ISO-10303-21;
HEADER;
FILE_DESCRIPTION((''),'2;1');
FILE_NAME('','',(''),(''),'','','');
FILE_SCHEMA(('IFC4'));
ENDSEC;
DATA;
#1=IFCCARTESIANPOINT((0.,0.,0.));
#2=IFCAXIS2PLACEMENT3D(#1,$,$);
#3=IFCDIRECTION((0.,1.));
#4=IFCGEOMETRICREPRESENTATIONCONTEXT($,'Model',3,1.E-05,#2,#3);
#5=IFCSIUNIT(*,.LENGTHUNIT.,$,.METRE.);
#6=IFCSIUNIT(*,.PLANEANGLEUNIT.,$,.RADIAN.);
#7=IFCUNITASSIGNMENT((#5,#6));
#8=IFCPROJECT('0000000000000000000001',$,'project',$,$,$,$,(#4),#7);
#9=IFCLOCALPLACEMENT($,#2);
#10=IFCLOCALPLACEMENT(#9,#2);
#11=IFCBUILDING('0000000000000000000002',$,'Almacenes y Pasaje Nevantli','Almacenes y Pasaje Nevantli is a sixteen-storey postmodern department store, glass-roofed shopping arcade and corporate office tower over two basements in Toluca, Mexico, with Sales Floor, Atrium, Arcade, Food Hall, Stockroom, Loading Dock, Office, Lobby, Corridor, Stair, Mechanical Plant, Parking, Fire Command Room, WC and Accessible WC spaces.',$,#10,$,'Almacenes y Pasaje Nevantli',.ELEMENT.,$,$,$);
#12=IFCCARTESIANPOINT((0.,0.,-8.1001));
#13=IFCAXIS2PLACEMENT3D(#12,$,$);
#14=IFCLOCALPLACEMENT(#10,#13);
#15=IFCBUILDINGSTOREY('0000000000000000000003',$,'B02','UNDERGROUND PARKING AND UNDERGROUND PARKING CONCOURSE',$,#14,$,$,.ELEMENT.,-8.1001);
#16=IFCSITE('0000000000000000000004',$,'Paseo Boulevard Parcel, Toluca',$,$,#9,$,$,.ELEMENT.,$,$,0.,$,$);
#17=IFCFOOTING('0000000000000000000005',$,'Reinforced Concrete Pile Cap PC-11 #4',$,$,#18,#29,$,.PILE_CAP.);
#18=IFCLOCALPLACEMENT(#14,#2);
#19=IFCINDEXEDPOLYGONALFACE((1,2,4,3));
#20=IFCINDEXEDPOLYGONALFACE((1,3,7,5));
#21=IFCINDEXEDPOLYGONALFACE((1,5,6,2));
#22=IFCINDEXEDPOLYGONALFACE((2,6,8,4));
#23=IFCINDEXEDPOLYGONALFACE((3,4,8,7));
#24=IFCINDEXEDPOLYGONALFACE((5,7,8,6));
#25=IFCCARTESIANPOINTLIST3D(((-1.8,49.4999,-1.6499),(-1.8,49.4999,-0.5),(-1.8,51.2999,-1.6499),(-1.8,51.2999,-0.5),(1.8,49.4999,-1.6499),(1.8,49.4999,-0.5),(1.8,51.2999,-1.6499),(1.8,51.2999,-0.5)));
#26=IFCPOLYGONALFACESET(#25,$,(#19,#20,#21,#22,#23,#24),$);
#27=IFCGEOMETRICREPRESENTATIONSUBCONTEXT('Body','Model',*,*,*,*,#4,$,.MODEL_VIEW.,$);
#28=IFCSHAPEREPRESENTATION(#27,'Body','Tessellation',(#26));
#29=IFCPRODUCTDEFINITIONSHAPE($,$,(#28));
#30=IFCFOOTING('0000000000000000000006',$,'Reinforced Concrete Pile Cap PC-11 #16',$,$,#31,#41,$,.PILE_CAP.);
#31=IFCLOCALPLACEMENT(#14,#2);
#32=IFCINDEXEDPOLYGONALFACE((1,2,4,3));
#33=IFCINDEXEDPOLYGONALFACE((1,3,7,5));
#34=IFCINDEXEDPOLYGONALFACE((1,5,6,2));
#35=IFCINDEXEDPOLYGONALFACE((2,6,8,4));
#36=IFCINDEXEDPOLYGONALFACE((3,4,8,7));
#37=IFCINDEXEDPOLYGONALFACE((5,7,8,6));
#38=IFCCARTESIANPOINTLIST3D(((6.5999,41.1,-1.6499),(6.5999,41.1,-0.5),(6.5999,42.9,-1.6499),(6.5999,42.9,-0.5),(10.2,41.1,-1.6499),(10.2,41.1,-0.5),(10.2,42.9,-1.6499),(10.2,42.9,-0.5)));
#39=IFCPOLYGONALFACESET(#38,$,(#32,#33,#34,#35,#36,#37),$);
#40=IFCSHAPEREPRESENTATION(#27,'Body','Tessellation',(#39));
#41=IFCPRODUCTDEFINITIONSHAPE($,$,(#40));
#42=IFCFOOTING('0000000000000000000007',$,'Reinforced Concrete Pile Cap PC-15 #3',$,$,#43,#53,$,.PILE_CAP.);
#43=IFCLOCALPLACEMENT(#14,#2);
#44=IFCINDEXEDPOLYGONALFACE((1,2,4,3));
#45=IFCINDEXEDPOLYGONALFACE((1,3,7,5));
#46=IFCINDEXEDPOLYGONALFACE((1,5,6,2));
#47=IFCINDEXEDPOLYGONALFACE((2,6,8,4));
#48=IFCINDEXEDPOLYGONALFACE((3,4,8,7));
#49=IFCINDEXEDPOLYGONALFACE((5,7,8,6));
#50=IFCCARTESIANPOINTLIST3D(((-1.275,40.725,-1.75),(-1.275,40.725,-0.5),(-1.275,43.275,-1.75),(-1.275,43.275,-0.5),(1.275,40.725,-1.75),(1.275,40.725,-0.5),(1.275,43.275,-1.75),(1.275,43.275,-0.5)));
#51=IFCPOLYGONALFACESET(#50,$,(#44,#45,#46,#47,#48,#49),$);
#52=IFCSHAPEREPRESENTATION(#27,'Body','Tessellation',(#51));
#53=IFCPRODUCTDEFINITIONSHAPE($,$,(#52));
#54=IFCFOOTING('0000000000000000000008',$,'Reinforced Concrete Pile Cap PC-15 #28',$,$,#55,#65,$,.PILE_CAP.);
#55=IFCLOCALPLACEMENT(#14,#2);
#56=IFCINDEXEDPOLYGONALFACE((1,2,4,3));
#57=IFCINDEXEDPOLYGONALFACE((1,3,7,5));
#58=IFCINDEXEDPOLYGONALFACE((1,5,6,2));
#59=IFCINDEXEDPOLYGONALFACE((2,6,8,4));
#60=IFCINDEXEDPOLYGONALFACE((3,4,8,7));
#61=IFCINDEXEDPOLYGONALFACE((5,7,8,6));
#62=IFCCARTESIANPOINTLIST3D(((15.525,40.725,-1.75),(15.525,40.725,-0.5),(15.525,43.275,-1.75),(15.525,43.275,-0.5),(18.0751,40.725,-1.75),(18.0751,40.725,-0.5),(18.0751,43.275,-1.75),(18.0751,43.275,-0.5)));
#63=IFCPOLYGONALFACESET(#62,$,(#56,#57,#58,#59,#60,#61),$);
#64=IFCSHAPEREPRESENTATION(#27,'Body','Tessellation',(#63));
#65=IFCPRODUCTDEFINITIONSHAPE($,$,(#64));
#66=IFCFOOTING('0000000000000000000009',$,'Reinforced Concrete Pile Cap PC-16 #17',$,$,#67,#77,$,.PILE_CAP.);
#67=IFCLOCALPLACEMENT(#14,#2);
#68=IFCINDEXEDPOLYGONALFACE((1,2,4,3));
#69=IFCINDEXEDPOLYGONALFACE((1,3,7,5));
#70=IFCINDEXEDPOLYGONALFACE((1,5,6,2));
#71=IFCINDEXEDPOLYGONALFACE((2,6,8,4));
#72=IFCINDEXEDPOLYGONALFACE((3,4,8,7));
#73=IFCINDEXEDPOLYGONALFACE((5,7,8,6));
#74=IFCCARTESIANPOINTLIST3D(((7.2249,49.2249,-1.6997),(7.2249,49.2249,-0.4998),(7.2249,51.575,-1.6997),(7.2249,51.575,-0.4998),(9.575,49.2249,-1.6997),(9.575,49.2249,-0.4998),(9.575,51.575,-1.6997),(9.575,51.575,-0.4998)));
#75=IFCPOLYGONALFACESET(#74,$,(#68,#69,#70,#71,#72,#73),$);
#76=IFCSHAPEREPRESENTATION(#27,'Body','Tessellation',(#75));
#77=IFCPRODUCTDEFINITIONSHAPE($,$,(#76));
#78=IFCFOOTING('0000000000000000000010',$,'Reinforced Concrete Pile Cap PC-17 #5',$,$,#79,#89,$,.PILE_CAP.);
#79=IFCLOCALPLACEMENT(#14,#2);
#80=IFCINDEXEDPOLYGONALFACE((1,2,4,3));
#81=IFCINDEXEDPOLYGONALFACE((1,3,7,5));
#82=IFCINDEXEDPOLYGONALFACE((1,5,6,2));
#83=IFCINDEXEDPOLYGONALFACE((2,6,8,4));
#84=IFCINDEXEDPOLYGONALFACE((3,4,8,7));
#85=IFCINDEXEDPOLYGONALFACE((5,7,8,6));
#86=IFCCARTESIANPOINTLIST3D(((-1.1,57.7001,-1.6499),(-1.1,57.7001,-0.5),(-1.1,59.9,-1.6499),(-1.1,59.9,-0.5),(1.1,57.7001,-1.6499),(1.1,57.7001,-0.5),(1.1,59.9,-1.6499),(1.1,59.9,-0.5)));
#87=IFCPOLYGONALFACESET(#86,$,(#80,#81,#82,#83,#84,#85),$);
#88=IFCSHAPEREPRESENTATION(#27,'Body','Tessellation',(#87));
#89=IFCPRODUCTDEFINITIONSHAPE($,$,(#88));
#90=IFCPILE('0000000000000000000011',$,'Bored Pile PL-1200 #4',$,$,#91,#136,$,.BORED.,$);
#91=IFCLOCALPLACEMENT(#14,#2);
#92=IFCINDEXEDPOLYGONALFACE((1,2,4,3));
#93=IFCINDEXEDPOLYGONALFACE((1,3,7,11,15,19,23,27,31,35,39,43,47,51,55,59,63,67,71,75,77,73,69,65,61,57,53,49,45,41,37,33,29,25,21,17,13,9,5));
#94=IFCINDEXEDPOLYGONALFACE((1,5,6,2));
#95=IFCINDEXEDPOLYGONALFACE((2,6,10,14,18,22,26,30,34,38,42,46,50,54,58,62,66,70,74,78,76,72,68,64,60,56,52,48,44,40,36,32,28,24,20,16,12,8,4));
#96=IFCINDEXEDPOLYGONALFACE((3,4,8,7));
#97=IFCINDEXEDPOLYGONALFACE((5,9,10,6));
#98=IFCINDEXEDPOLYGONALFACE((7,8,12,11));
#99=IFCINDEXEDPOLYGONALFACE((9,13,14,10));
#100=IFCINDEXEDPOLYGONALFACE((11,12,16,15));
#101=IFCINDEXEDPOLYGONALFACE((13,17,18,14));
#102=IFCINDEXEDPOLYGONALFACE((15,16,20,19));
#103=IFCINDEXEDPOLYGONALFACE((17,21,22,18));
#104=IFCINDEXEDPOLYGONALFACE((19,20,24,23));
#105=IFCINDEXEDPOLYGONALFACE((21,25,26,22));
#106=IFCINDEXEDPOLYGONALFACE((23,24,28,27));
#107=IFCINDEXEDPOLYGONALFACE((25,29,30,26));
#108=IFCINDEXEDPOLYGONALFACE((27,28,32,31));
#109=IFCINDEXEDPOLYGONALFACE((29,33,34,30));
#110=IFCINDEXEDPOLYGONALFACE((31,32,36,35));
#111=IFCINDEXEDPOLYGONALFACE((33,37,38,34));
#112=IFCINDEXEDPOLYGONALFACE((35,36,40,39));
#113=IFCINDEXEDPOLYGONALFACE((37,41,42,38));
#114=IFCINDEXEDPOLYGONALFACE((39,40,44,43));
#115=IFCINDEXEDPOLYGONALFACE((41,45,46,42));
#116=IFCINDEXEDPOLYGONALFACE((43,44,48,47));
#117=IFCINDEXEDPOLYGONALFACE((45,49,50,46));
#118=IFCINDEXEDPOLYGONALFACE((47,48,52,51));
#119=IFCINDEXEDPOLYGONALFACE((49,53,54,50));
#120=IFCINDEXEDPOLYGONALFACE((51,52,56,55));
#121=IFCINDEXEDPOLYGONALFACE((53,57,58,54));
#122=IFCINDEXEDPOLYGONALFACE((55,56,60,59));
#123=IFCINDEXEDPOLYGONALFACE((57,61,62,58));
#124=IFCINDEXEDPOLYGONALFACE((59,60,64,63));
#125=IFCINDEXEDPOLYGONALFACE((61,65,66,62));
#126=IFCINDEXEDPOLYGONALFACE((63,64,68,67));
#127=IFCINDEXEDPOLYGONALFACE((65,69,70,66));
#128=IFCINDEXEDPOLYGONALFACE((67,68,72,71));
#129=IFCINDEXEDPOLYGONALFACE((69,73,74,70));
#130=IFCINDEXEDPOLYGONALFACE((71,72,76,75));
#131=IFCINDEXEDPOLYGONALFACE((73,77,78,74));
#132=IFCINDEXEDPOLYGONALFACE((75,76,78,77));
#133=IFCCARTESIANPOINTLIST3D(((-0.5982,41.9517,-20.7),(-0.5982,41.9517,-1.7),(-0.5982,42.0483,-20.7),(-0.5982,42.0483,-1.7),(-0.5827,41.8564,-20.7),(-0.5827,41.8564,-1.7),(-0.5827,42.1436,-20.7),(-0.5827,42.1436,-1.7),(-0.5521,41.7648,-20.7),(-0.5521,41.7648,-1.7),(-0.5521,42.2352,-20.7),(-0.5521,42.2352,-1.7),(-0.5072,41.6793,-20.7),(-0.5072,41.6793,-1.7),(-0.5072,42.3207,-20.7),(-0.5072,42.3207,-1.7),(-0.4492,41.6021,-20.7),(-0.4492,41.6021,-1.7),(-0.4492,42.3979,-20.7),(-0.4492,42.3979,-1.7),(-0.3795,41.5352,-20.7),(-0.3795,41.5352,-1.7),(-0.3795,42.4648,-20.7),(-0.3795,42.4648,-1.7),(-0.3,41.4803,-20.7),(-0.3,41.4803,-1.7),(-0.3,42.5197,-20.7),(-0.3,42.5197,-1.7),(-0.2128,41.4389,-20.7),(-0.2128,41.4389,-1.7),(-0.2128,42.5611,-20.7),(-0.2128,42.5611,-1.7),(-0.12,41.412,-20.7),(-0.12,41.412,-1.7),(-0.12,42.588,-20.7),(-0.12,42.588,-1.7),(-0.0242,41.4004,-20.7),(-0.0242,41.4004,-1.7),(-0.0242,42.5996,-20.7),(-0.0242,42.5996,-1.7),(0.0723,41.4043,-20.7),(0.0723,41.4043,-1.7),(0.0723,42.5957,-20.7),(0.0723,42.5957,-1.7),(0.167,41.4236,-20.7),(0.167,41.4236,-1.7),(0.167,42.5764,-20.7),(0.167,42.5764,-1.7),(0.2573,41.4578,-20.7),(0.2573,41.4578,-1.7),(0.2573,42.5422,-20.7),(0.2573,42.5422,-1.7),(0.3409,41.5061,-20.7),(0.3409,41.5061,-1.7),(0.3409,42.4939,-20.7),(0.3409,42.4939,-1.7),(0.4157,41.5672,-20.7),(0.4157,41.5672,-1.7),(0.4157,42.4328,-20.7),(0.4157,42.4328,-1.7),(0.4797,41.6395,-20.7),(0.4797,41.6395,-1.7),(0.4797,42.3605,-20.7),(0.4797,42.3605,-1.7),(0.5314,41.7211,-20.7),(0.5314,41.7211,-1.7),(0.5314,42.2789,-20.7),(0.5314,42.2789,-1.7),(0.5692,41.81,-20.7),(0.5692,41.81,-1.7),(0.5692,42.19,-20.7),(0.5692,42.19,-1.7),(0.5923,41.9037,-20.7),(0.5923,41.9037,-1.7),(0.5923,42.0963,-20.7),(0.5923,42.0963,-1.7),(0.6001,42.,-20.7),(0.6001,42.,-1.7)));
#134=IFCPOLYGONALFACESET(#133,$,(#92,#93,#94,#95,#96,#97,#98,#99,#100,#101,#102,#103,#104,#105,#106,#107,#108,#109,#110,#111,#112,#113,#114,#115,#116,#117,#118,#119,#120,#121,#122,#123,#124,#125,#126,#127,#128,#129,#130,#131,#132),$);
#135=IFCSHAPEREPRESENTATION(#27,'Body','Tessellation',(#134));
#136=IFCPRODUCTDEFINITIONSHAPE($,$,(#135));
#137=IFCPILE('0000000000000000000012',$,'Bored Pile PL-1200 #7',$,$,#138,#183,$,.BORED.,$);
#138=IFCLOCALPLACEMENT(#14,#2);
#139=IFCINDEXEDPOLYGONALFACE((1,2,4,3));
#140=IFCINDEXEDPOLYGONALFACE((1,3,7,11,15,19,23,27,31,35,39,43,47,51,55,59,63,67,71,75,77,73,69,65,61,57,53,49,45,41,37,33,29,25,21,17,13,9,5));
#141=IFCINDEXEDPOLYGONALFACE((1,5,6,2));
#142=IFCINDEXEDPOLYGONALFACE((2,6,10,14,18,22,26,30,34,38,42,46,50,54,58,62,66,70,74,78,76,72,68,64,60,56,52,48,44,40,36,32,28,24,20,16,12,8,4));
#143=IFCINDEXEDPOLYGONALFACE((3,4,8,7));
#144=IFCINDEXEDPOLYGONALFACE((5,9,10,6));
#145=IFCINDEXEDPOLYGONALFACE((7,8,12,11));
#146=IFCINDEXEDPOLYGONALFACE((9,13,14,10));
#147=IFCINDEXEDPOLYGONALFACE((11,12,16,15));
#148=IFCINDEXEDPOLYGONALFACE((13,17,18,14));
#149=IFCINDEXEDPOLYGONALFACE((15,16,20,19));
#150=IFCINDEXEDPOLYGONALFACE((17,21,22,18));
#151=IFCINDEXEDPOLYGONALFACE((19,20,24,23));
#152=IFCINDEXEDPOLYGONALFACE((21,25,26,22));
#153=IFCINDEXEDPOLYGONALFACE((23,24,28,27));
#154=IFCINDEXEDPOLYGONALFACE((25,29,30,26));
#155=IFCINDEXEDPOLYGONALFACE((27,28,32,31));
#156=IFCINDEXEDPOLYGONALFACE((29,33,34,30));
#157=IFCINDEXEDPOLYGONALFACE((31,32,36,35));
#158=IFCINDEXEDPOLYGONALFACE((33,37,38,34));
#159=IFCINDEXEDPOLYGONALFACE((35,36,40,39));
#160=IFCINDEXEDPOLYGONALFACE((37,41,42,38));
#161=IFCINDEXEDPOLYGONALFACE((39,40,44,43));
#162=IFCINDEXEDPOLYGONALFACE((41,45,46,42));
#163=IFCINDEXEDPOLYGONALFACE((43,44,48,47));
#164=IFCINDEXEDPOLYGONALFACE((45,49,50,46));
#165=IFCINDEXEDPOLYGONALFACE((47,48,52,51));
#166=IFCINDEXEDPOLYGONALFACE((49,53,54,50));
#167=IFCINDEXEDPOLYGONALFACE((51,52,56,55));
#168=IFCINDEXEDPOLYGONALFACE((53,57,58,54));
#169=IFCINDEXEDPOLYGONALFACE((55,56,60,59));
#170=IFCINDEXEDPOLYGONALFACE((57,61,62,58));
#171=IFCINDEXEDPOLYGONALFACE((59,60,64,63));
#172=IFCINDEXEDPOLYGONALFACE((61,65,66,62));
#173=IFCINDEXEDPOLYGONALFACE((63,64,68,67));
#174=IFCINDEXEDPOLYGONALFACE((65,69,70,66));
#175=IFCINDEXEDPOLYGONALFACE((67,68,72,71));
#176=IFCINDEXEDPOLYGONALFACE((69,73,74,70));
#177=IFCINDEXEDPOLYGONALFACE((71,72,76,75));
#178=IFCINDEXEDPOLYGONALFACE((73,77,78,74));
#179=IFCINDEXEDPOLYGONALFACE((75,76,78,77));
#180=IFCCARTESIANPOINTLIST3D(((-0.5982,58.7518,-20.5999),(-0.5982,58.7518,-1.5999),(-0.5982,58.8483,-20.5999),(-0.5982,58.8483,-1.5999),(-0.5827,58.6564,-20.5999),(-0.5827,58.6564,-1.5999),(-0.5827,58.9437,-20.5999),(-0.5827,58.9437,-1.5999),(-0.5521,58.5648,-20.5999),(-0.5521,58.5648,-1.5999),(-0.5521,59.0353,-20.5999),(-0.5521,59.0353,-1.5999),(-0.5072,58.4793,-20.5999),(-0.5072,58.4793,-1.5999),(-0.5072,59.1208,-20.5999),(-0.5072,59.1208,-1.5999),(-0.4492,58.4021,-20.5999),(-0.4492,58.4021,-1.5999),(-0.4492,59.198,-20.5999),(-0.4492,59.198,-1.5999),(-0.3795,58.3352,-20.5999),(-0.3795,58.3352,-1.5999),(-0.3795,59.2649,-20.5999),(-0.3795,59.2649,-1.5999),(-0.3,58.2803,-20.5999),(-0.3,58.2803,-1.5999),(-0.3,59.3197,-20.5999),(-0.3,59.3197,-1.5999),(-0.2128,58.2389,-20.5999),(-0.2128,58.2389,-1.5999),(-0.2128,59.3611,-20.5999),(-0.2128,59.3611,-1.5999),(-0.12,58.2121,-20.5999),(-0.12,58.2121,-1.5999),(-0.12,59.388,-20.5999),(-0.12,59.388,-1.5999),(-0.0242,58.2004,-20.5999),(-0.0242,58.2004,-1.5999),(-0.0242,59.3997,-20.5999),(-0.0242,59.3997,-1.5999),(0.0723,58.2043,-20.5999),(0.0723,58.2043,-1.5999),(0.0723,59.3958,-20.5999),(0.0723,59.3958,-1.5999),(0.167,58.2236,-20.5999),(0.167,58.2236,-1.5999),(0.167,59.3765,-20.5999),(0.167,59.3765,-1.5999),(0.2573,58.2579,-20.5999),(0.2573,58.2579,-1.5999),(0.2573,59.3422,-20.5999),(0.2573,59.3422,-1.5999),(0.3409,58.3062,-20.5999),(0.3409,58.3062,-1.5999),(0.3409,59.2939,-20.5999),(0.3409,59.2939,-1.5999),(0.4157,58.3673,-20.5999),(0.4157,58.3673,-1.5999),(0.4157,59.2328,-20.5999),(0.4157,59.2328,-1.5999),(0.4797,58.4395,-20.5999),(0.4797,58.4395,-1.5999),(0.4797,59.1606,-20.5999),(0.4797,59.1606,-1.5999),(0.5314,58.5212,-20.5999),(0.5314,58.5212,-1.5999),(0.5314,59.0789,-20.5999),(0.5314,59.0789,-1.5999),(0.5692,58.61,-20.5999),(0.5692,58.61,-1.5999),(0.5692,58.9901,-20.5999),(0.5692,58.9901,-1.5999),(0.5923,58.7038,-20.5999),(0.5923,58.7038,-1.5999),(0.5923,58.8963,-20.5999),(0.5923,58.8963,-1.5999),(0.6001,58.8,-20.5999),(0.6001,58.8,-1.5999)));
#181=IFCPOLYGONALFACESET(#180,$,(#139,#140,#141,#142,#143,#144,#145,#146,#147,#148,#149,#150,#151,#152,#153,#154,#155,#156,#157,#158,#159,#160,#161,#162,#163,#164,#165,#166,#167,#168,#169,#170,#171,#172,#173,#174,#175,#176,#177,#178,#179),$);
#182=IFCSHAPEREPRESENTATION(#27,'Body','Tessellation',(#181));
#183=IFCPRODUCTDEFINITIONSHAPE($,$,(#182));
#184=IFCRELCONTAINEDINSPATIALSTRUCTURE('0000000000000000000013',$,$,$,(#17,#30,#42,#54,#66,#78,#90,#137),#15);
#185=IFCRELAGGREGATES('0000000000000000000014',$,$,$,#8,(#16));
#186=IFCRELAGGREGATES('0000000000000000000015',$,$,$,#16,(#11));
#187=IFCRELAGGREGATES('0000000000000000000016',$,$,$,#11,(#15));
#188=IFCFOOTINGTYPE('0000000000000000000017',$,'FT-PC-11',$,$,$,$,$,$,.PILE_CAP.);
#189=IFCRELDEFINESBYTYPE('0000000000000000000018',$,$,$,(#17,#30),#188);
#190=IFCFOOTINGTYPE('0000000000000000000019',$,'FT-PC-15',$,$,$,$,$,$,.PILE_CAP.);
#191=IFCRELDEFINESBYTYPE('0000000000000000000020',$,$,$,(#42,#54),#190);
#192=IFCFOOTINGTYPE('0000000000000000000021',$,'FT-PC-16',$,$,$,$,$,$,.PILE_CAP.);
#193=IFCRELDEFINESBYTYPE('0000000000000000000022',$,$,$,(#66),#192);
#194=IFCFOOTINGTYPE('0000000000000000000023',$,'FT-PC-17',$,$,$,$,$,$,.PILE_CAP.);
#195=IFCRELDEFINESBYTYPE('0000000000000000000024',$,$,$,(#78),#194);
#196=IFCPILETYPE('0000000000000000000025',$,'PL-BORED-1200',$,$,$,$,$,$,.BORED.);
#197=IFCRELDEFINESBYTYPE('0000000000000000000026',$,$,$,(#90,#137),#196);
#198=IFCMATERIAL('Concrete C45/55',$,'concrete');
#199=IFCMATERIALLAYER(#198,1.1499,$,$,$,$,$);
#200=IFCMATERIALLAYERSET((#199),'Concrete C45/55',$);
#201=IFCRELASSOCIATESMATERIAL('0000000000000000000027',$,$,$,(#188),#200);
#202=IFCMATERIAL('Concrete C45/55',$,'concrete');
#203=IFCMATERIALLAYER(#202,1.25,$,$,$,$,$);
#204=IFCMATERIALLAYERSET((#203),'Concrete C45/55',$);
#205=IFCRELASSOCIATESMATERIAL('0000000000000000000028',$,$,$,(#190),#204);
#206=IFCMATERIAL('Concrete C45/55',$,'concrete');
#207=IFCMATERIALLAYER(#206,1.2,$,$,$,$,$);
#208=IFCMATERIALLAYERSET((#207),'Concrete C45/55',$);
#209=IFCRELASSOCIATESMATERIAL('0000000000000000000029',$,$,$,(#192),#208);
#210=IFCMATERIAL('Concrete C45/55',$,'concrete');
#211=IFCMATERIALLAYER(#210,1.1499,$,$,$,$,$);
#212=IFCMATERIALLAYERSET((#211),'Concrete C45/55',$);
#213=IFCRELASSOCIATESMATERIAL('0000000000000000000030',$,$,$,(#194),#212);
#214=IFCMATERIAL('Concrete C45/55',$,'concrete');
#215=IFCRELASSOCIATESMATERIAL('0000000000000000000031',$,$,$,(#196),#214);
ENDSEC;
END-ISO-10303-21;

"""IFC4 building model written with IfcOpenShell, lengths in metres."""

from ifc_helpers import new_model, si_unit, direction, frame, origin, origin_2d, place, context, subcontext, project, spatial, rectangle, circle, extrude, material, layer, layer_set, material_profile, profile_set, type_object, element, save


model = new_model("IFC4")

# Units and contexts
model_context = context("Model", 3, precision=1e-05, world=origin(), true_north=direction((0.0, 1.0)))
body_context = subcontext(model_context, "Body", "Model", "MODEL_VIEW")
ifc_project = project(units=[si_unit("LENGTHUNIT", "METRE"), si_unit("PLANEANGLEUNIT", "RADIAN")], contexts=[model_context])

# Site, building, storey
site_placement = place(None, origin())
site = spatial("IfcSite", under=ifc_project, at=site_placement, Name="Paseo Boulevard Parcel, Toluca", CompositionType="ELEMENT", RefElevation=0.0)
building_placement = place(site_placement, origin())
building = spatial("IfcBuilding", under=site, at=building_placement, Name="Almacenes y Pasaje Nevantli", Description="Almacenes y Pasaje Nevantli is a sixteen-storey postmodern department store, glass-roofed shopping arcade and corporate office tower over two basements in Toluca, Mexico, with Sales Floor, Atrium, Arcade, Food Hall, Stockroom, Loading Dock, Office, Lobby, Corridor, Stair, Mechanical Plant, Parking, Fire Command Room, WC and Accessible WC spaces.", LongName="Almacenes y Pasaje Nevantli", CompositionType="ELEMENT")
storey_placement = place(building_placement, frame((0.0, 0.0, -8.1001)))
storey = spatial("IfcBuildingStorey", under=building, at=storey_placement, Name="B02", Description="UNDERGROUND PARKING AND UNDERGROUND PARKING CONCOURSE", CompositionType="ELEMENT", Elevation=-8.1001)

# Footings
ifc_material_1 = material(Name="Concrete C45/55", Category="concrete")
ifc_layer_1 = layer(ifc_material_1, 1.1499)
ifc_layer_set_1 = layer_set([ifc_layer_1], Name="Concrete C45/55")
footing_type_1 = type_object("IfcFootingType", Name="FT-PC-11", PredefinedType="PILE_CAP", material=ifc_layer_set_1)
for number, where, z_axis, x_axis, name in (
    (1, (0.0, 50.3999, -1.6499), (0.0, 0.0, 1.0), (1.0, 0.0, 0.0), "Reinforced Concrete Pile Cap PC-11 #4"),
    (2, (8.3999, 42.0, -1.6499), (0.0, 0.0, 1.0), (1.0, 0.0, 0.0), "Reinforced Concrete Pile Cap PC-11 #16"),
):
    element("IfcFooting", number, at=place(storey_placement, frame(where, z_axis=z_axis, x_axis=x_axis)), inside=storey, type_object=footing_type_1, Name=name, PredefinedType="PILE_CAP", context=body_context, shape_type="SweptSolid", body=[
        extrude(rectangle(XDim=3.6001, YDim=1.8, at=origin_2d()), origin(), (0.0, 0.0, 1.0), 1.1499),
    ])
ifc_material_2 = material(Name="Concrete C45/55", Category="concrete")
ifc_layer_2 = layer(ifc_material_2, 1.25)
ifc_layer_set_2 = layer_set([ifc_layer_2], Name="Concrete C45/55")
footing_type_2 = type_object("IfcFootingType", Name="FT-PC-15", PredefinedType="PILE_CAP", material=ifc_layer_set_2)
for number, where, z_axis, x_axis, name in (
    (3, (0.0, 42.0, -1.75), (0.0, 0.0, 1.0), (1.0, 0.0, 0.0), "Reinforced Concrete Pile Cap PC-15 #3"),
    (4, (16.8, 42.0, -1.75), (0.0, 0.0, 1.0), (1.0, 0.0, 0.0), "Reinforced Concrete Pile Cap PC-15 #28"),
):
    element("IfcFooting", number, at=place(storey_placement, frame(where, z_axis=z_axis, x_axis=x_axis)), inside=storey, type_object=footing_type_2, Name=name, PredefinedType="PILE_CAP", context=body_context, shape_type="SweptSolid", body=[
        extrude(rectangle(XDim=2.55, YDim=2.55, at=origin_2d()), origin(), (0.0, 0.0, 1.0), 1.25),
    ])
ifc_material_3 = material(Name="Concrete C45/55", Category="concrete")
ifc_layer_3 = layer(ifc_material_3, 1.2)
ifc_layer_set_3 = layer_set([ifc_layer_3], Name="Concrete C45/55")
footing_type_3 = type_object("IfcFootingType", Name="FT-PC-16", PredefinedType="PILE_CAP", material=ifc_layer_set_3)
footing_1_placement = place(storey_placement, frame((8.3999, 50.3999, -1.6997), z_axis=(0.0, 0.0, 1.0), x_axis=(1.0, 0.0, 0.0)))
element("IfcFooting", 5, at=footing_1_placement, inside=storey, type_object=footing_type_3, Name="Reinforced Concrete Pile Cap PC-16 #17", PredefinedType="PILE_CAP", context=body_context, shape_type="SweptSolid", body=[
    extrude(rectangle(XDim=2.3501, YDim=2.3501, at=origin_2d()), origin(), (0.0, 0.0, 1.0), 1.2),
])
ifc_material_4 = material(Name="Concrete C45/55", Category="concrete")
ifc_layer_4 = layer(ifc_material_4, 1.1499)
ifc_layer_set_4 = layer_set([ifc_layer_4], Name="Concrete C45/55")
footing_type_4 = type_object("IfcFootingType", Name="FT-PC-17", PredefinedType="PILE_CAP", material=ifc_layer_set_4)
footing_2_placement = place(storey_placement, frame((0.0, 58.8, -1.6499), z_axis=(0.0, 0.0, 1.0), x_axis=(1.0, 0.0, 0.0)))
element("IfcFooting", 6, at=footing_2_placement, inside=storey, type_object=footing_type_4, Name="Reinforced Concrete Pile Cap PC-17 #5", PredefinedType="PILE_CAP", context=body_context, shape_type="SweptSolid", body=[
    extrude(rectangle(XDim=2.2, YDim=2.2, at=origin_2d()), origin(), (0.0, 0.0, 1.0), 1.1499),
])

# Piles
ifc_material_5 = material(Name="Concrete C45/55", Category="concrete")
ifc_material_profile_1 = material_profile(ifc_material_5, circle(Radius=0.6001, at=origin_2d()), Name="RC-PILE-D1200")
ifc_profile_set_1 = profile_set([ifc_material_profile_1], Name="Concrete C45/55")
pile_type_1 = type_object("IfcPileType", Name="PL-BORED-1200", PredefinedType="BORED", material=ifc_profile_set_1)
for number, where, z_axis, x_axis, name in (
    (7, (0.0, 42.0, -1.7), (0.0, 0.0, -1.0), (1.0, 0.0, 0.0), "Bored Pile PL-1200 #4"),
    (8, (0.0, 58.8, -1.5999), (0.0, 0.0, -1.0), (1.0, 0.0, 0.0), "Bored Pile PL-1200 #7"),
):
    element("IfcPile", number, at=place(storey_placement, frame(where, z_axis=z_axis, x_axis=x_axis)), inside=storey, type_object=pile_type_1, Name=name, PredefinedType="BORED", context=body_context, shape_type="SweptSolid", body=[
        extrude(circle(Radius=0.6001, at=origin_2d()), origin(), (0.0, 0.0, 1.0), 19.0),
    ])

save(model, "model.ifc")
